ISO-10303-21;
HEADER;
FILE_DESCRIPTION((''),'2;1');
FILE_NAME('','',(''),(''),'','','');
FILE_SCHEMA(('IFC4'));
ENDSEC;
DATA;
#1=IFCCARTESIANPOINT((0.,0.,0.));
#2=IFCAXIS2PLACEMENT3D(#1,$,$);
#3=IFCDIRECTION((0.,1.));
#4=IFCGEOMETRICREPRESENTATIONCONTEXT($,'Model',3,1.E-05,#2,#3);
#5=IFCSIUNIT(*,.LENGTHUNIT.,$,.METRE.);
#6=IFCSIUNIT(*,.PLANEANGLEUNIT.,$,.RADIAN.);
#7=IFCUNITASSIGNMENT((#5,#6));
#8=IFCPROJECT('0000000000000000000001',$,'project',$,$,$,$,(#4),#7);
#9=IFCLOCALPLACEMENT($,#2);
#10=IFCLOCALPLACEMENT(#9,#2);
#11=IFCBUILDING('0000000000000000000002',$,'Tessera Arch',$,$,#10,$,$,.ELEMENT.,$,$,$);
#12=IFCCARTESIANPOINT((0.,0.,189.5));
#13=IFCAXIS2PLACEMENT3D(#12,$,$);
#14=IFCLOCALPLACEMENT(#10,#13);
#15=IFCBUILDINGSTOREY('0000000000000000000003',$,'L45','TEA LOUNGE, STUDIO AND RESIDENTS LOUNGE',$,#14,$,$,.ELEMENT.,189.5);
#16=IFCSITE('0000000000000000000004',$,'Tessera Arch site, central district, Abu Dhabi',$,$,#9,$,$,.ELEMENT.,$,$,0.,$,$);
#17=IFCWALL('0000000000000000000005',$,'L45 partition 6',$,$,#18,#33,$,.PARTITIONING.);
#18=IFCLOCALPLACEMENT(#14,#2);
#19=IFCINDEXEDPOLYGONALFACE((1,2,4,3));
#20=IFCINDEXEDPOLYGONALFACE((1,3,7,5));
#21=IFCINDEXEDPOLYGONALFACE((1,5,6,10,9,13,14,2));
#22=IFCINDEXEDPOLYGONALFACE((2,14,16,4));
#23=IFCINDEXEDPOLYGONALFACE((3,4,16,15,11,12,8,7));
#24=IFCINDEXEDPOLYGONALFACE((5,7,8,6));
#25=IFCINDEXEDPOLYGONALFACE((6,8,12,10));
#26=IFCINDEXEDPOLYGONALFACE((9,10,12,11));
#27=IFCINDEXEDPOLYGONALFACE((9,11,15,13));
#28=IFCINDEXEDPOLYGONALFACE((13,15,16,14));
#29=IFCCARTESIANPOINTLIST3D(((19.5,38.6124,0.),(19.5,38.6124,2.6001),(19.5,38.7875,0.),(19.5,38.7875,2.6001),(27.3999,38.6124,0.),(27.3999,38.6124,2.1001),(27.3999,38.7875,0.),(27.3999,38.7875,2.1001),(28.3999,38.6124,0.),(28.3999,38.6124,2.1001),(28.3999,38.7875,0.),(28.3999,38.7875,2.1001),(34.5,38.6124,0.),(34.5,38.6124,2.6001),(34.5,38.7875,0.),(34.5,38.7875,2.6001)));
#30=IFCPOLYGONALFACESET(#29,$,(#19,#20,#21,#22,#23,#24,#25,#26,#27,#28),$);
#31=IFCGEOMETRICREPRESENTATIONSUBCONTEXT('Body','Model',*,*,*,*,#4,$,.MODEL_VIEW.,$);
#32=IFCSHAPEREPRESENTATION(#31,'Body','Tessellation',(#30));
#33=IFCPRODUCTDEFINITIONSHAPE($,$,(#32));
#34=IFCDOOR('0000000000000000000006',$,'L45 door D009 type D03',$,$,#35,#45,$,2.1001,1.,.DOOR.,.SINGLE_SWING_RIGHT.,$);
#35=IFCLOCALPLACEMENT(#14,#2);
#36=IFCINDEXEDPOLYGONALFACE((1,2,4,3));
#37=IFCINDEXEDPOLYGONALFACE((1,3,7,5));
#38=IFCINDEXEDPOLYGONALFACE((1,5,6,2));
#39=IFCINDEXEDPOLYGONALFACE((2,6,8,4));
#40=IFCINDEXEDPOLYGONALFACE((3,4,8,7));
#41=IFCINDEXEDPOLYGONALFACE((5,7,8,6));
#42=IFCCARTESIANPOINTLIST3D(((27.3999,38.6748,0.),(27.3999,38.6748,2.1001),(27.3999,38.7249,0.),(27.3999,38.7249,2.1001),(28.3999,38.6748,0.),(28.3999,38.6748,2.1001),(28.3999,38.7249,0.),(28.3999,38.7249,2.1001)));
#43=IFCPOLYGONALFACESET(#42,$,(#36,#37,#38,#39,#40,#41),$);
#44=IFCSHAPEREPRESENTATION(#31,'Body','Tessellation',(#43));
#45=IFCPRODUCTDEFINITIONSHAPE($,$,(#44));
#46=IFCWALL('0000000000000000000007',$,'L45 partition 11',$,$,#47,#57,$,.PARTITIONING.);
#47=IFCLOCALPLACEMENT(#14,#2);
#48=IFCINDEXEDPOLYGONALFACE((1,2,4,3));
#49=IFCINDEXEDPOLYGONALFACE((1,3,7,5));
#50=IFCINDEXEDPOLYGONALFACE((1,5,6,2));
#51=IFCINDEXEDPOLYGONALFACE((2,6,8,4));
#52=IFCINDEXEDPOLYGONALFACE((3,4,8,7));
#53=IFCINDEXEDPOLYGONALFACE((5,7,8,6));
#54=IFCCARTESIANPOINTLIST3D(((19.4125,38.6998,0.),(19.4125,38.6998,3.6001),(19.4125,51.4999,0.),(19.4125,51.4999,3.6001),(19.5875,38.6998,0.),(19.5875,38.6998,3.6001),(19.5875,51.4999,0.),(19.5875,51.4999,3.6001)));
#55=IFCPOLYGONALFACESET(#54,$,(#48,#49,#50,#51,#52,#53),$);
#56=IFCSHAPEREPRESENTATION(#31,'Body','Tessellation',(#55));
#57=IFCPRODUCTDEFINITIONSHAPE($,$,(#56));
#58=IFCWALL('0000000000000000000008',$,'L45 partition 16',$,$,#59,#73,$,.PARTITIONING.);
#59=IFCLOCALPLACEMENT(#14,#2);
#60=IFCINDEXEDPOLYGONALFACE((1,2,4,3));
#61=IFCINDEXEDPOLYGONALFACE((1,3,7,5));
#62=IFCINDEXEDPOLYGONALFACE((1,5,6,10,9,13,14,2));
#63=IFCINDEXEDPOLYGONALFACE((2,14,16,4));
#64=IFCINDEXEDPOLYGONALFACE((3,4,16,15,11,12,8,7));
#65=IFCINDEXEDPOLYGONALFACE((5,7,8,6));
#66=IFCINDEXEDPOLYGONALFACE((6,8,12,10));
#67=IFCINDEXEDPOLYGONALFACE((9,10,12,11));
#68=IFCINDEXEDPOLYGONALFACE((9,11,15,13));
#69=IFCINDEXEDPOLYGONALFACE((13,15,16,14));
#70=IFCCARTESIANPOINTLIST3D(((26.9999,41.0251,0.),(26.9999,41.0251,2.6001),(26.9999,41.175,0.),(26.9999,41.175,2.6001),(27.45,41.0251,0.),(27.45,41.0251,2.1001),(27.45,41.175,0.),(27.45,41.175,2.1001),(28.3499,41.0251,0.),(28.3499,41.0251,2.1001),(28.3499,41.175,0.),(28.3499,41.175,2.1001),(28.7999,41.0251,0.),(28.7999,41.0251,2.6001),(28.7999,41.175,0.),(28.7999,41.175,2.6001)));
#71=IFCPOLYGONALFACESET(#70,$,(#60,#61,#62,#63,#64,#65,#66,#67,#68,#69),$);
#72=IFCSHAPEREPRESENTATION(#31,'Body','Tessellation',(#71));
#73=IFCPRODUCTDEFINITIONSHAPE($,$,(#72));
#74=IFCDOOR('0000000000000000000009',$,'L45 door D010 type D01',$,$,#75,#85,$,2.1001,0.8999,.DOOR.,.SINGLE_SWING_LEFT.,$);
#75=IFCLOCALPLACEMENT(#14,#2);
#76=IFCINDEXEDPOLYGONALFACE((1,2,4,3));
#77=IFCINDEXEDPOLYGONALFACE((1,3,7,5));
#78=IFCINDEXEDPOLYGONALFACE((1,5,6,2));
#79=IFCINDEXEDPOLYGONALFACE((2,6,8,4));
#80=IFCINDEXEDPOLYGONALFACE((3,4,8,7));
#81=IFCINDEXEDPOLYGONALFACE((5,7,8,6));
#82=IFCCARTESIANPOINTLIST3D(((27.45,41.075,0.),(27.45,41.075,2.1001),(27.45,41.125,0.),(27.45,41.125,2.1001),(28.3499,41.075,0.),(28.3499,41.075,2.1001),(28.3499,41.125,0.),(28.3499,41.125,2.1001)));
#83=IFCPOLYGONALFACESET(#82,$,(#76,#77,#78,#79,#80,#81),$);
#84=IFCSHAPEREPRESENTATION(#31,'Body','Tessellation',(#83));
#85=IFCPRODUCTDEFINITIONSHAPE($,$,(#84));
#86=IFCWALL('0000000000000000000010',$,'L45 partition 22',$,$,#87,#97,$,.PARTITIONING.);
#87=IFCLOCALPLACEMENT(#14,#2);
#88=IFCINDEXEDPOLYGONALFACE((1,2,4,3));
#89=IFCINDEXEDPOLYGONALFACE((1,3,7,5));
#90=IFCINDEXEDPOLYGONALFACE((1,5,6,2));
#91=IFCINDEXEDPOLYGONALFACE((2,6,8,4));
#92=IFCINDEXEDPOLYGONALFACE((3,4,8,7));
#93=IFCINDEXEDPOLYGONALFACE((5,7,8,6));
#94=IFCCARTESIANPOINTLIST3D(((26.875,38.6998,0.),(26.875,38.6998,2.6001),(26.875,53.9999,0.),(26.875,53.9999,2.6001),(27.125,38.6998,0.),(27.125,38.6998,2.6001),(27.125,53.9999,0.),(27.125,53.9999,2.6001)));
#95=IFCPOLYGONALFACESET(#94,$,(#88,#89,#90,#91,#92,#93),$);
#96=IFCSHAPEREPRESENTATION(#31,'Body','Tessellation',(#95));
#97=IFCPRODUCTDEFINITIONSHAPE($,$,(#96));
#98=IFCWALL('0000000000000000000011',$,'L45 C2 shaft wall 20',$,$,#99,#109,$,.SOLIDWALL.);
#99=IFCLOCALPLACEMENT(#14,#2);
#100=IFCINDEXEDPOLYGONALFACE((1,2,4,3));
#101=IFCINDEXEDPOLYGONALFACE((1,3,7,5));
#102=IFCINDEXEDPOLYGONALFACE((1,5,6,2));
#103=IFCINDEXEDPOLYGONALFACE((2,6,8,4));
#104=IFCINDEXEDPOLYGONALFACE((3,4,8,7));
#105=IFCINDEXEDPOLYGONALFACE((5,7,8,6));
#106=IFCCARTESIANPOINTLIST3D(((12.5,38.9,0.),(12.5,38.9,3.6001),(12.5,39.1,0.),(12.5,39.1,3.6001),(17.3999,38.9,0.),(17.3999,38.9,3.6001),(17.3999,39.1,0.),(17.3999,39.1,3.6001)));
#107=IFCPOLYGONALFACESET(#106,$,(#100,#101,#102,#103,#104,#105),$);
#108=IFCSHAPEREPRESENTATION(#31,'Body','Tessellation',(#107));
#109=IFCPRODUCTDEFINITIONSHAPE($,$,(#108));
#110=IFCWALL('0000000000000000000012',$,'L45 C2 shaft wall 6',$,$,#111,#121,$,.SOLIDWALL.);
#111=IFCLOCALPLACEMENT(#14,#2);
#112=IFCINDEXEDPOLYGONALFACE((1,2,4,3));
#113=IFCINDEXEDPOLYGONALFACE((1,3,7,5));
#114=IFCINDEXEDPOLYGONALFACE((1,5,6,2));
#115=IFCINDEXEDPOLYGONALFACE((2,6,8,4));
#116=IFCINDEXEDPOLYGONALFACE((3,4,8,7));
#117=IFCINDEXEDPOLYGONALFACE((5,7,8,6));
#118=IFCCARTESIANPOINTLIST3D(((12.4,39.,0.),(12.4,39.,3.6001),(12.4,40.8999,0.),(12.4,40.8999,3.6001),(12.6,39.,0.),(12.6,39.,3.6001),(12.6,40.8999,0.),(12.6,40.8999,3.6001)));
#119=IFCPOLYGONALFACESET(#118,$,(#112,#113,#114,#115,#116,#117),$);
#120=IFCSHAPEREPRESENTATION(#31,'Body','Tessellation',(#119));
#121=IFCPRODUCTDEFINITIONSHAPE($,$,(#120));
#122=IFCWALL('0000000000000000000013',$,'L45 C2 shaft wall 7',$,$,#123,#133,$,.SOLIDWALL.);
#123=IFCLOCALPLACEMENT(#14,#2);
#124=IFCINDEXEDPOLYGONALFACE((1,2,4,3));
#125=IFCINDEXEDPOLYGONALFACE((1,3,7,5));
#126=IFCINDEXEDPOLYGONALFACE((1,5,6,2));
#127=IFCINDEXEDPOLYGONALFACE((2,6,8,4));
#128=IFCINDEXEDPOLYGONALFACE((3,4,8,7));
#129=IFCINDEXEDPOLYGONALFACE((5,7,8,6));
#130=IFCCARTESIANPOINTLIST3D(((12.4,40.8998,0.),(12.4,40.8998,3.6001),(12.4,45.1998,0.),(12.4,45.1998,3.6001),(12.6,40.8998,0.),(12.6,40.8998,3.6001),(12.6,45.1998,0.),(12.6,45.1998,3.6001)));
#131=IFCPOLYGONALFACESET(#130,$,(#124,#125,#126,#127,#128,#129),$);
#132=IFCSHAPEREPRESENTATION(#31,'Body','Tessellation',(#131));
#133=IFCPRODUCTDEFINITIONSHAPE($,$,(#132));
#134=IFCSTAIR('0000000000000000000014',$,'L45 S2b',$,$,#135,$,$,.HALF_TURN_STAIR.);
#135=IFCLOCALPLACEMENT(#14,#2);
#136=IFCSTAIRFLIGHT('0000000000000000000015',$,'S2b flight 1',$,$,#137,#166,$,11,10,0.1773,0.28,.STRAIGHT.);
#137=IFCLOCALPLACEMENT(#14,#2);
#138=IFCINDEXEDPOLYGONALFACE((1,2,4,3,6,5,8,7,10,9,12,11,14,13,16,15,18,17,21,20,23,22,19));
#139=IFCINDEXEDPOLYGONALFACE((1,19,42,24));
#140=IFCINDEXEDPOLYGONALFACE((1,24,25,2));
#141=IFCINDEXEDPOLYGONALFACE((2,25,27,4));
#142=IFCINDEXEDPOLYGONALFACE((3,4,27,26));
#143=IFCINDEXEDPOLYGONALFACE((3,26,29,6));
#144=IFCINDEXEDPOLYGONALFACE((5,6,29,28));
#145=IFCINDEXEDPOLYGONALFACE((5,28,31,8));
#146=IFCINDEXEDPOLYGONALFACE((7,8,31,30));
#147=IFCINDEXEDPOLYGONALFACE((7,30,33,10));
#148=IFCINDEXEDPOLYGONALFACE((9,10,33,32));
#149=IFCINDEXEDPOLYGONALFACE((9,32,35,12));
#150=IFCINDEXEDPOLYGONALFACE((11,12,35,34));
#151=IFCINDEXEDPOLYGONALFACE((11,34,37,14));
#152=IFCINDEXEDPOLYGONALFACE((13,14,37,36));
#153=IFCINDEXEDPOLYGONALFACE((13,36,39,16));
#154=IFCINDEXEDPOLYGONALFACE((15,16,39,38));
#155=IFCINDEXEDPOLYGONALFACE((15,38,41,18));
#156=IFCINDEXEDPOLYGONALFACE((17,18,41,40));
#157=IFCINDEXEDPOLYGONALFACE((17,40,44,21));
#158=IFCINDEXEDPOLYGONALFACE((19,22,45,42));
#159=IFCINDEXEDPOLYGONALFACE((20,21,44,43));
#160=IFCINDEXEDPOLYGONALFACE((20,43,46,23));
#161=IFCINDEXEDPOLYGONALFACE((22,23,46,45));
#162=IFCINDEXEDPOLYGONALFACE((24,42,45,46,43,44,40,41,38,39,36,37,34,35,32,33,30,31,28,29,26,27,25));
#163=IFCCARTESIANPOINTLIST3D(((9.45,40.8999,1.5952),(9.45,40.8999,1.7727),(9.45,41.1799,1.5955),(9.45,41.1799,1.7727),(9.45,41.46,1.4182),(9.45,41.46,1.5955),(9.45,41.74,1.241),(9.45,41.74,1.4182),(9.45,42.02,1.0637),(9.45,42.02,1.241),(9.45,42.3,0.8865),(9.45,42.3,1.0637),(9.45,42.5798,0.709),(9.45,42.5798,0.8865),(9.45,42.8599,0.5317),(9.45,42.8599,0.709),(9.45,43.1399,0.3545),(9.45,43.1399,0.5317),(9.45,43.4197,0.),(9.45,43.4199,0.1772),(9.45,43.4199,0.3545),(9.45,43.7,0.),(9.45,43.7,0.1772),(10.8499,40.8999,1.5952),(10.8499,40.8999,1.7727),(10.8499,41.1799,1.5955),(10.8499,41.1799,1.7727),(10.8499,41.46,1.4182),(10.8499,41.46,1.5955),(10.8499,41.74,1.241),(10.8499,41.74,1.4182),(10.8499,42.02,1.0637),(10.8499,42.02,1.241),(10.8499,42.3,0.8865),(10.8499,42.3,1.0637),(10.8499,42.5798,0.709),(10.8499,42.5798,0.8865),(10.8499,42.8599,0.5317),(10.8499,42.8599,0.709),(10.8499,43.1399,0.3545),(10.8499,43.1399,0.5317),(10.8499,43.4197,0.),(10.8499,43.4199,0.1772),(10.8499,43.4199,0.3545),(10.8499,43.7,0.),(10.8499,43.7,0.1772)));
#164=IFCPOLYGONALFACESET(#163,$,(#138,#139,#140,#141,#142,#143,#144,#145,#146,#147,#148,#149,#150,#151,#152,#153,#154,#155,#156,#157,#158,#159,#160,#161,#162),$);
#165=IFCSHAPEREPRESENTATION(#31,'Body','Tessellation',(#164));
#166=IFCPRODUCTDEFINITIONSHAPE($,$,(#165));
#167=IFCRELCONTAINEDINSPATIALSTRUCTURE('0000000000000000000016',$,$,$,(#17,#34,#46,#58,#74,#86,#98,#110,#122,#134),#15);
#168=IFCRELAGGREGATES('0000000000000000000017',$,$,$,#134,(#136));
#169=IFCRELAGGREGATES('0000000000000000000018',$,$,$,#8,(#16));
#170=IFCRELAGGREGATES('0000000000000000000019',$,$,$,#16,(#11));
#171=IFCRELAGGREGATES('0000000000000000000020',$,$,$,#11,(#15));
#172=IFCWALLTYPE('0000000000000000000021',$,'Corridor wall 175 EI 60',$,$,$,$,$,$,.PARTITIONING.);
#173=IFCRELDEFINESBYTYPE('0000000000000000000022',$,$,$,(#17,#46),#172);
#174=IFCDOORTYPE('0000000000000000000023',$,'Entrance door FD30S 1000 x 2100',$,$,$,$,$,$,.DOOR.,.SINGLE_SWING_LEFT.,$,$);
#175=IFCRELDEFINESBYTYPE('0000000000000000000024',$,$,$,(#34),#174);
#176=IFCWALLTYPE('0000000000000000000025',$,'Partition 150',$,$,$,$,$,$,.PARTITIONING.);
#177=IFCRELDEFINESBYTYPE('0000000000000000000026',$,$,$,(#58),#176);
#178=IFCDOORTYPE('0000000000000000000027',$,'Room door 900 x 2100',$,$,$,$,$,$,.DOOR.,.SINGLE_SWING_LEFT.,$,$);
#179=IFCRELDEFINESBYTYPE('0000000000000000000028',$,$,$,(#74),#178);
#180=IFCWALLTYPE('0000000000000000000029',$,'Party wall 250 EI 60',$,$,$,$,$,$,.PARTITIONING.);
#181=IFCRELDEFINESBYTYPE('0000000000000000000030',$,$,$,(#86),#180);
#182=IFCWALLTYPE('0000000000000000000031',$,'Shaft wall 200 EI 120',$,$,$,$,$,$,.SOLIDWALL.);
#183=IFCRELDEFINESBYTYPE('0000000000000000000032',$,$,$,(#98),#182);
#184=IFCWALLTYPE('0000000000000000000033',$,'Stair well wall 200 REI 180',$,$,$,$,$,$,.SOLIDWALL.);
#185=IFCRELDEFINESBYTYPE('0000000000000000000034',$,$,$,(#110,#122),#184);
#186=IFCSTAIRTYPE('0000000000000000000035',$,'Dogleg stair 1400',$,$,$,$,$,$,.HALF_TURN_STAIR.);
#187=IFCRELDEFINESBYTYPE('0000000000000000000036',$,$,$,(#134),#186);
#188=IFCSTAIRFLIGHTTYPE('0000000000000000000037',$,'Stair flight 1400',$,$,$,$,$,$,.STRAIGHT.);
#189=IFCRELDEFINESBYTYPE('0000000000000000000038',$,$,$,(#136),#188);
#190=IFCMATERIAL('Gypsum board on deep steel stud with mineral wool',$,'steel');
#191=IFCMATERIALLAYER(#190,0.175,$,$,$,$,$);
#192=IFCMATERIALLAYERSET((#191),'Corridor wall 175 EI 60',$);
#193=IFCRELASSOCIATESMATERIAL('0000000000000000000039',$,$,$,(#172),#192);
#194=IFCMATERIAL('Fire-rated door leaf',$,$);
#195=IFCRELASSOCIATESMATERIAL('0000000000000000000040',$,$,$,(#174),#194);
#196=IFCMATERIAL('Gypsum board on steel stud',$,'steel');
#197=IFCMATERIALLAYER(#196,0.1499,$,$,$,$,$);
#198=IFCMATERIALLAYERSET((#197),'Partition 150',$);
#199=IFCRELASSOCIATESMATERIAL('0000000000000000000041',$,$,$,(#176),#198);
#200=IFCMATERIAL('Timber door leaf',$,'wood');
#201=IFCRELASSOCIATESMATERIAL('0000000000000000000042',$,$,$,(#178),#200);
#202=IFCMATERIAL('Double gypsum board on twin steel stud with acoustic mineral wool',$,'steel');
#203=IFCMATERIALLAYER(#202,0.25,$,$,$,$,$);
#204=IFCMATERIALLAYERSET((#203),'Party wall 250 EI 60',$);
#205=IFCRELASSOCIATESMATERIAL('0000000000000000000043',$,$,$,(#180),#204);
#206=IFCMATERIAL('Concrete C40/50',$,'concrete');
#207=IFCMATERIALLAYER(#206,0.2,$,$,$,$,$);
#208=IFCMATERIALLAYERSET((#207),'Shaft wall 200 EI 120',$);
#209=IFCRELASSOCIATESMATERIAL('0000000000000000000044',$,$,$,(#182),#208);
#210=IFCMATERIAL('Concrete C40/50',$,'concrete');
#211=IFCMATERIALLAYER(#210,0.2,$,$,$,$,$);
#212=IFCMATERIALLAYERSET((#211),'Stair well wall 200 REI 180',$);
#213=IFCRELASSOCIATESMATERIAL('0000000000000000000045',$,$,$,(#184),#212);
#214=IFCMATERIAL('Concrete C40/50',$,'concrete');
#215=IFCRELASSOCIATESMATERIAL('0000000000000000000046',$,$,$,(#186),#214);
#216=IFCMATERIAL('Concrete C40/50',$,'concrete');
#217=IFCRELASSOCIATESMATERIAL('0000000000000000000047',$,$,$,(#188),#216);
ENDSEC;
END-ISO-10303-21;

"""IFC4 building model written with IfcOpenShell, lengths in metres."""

from ifc_helpers import new_model, si_unit, direction, frame, frame_2d, origin, place, context, subcontext, project, spatial, polyline, rectangle, outline, extrude, material, layer, layer_set, type_object, element, fill, aggregate, save


model = new_model("IFC4")

# Units and contexts
model_context = context("Model", 3, precision=1e-05, world=origin(), true_north=direction((0.0, 1.0)))
body_context = subcontext(model_context, "Body", "Model", "MODEL_VIEW")
ifc_project = project(units=[si_unit("LENGTHUNIT", "METRE"), si_unit("PLANEANGLEUNIT", "RADIAN")], contexts=[model_context])

# Site, building, storey
site_placement = place(None, origin())
site = spatial("IfcSite", under=ifc_project, at=site_placement, Name="Tessera Arch site, central district, Abu Dhabi", CompositionType="ELEMENT", RefElevation=0.0)
building_placement = place(site_placement, origin())
building = spatial("IfcBuilding", under=site, at=building_placement, Name="Tessera Arch", CompositionType="ELEMENT")
storey_placement = place(building_placement, frame((0.0, 0.0, 189.5)))
storey = spatial("IfcBuildingStorey", under=building, at=storey_placement, Name="L45", Description="TEA LOUNGE, STUDIO AND RESIDENTS LOUNGE", CompositionType="ELEMENT", Elevation=189.5)

# Wall, opening, door
ifc_material_1 = material(Name="Gypsum board on deep steel stud with mineral wool", Category="steel")
ifc_layer_1 = layer(ifc_material_1, 0.175)
ifc_layer_set_1 = layer_set([ifc_layer_1], Name="Corridor wall 175 EI 60")
wall_type_1 = type_object("IfcWallType", Name="Corridor wall 175 EI 60", PredefinedType="PARTITIONING", material=ifc_layer_set_1)
ifc_material_2 = material(Name="Fire-rated door leaf")
door_type_1 = type_object("IfcDoorType", Name="Entrance door FD30S 1000 x 2100", OperationType="SINGLE_SWING_LEFT", PredefinedType="DOOR", material=ifc_material_2)
wall_1_placement = place(storey_placement, frame((19.5, 38.7, 0.0), z_axis=(0.0, 0.0, 1.0), x_axis=(1.0, 0.0, 0.0)))
wall_1 = element("IfcWall", 1, at=wall_1_placement, inside=storey, type_object=wall_type_1, Name="L45 partition 6", PredefinedType="PARTITIONING", context=body_context, shape_type="SweptSolid", body=[
    extrude(rectangle(XDim=15.0, YDim=0.175, at=frame_2d((7.5, 0.0))), origin(), (0.0, 0.0, 1.0), 2.6001),
])
opening_1_placement = place(wall_1_placement, frame((7.8999, 0.0, 0.0)))
opening_1 = element("IfcOpeningElement", 2, at=opening_1_placement, cuts=wall_1, PredefinedType="OPENING", context=body_context, shape_type="SweptSolid", body=[
    extrude(rectangle(XDim=1.0, YDim=2.1001, at=frame_2d((0.5, 1.05))), frame((0.0, 0.0974, 0.0), z_axis=(0.0, -1.0, 0.0), x_axis=(1.0, 0.0, 0.0)), (0.0, 0.0, 1.0), 0.1951),
])
door_1_placement = place(opening_1_placement, origin())
door_1 = element("IfcDoor", 3, at=door_1_placement, inside=storey, type_object=door_type_1, Name="L45 door D009 type D03", OperationType="SINGLE_SWING_RIGHT", OverallHeight=2.1001, OverallWidth=1.0, PredefinedType="DOOR", context=body_context, shape_type="SweptSolid", body=[
    extrude(rectangle(XDim=1.0, YDim=2.1001, at=frame_2d((0.5, 1.05))), frame((0.0, 0.0249, 0.0), z_axis=(0.0, -1.0, 0.0), x_axis=(1.0, 0.0, 0.0)), (0.0, 0.0, 1.0), 0.05),
])
fill(opening_1, door_1)

# Wall
wall_2_placement = place(storey_placement, frame((19.5, 38.7, 0.0), z_axis=(0.0, 0.0, 1.0), x_axis=(0.0, 1.0, 0.0)))
element("IfcWall", 4, at=wall_2_placement, inside=storey, type_object=wall_type_1, Name="L45 partition 11", PredefinedType="PARTITIONING", context=body_context, shape_type="SweptSolid", body=[
    extrude(rectangle(XDim=12.8, YDim=0.175, at=frame_2d((6.3999, 0.0))), origin(), (0.0, 0.0, 1.0), 3.6001),
])

# Wall, opening, door
ifc_material_3 = material(Name="Gypsum board on steel stud", Category="steel")
ifc_layer_2 = layer(ifc_material_3, 0.1499)
ifc_layer_set_2 = layer_set([ifc_layer_2], Name="Partition 150")
wall_type_2 = type_object("IfcWallType", Name="Partition 150", PredefinedType="PARTITIONING", material=ifc_layer_set_2)
wall_3_placement = place(storey_placement, frame((27.0, 41.1001, 0.0), z_axis=(0.0, 0.0, 1.0), x_axis=(1.0, 0.0, 0.0)))
wall_3 = element("IfcWall", 5, at=wall_3_placement, inside=storey, type_object=wall_type_2, Name="L45 partition 16", PredefinedType="PARTITIONING", context=body_context, shape_type="SweptSolid", body=[
    extrude(rectangle(XDim=1.8, YDim=0.1499, at=frame_2d((0.8999, 0.0))), origin(), (0.0, 0.0, 1.0), 2.6001),
])
opening_2_placement = place(wall_3_placement, frame((0.45, 0.0, 0.0)))
opening_2 = element("IfcOpeningElement", 6, at=opening_2_placement, cuts=wall_3, PredefinedType="OPENING", context=body_context, shape_type="SweptSolid", body=[
    extrude(rectangle(XDim=0.8999, YDim=2.1001, at=frame_2d((0.45, 1.05))), frame((0.0, 0.085, 0.0), z_axis=(0.0, -1.0, 0.0), x_axis=(1.0, 0.0, 0.0)), (0.0, 0.0, 1.0), 0.1699),
])
ifc_material_4 = material(Name="Timber door leaf", Category="wood")
door_type_2 = type_object("IfcDoorType", Name="Room door 900 x 2100", OperationType="SINGLE_SWING_LEFT", PredefinedType="DOOR", material=ifc_material_4)
door_2_placement = place(opening_2_placement, origin())
door_2 = element("IfcDoor", 7, at=door_2_placement, inside=storey, type_object=door_type_2, Name="L45 door D010 type D01", OperationType="SINGLE_SWING_LEFT", OverallHeight=2.1001, OverallWidth=0.8999, PredefinedType="DOOR", context=body_context, shape_type="SweptSolid", body=[
    extrude(rectangle(XDim=0.8999, YDim=2.1001, at=frame_2d((0.45, 1.05))), frame((0.0, 0.0249, 0.0), z_axis=(0.0, -1.0, 0.0), x_axis=(1.0, 0.0, 0.0)), (0.0, 0.0, 1.0), 0.05),
])
fill(opening_2, door_2)

# Walls
ifc_material_5 = material(Name="Double gypsum board on twin steel stud with acoustic mineral wool", Category="steel")
ifc_layer_3 = layer(ifc_material_5, 0.25)
ifc_layer_set_3 = layer_set([ifc_layer_3], Name="Party wall 250 EI 60")
wall_type_3 = type_object("IfcWallType", Name="Party wall 250 EI 60", PredefinedType="PARTITIONING", material=ifc_layer_set_3)
wall_4_placement = place(storey_placement, frame((27.0, 38.7, 0.0), z_axis=(0.0, 0.0, 1.0), x_axis=(0.0, 1.0, 0.0)))
element("IfcWall", 8, at=wall_4_placement, inside=storey, type_object=wall_type_3, Name="L45 partition 22", PredefinedType="PARTITIONING", context=body_context, shape_type="SweptSolid", body=[
    extrude(rectangle(XDim=15.3, YDim=0.25, at=frame_2d((7.6499, 0.0))), origin(), (0.0, 0.0, 1.0), 2.6001),
])
ifc_material_6 = material(Name="Concrete C40/50", Category="concrete")
ifc_layer_4 = layer(ifc_material_6, 0.2)
ifc_layer_set_4 = layer_set([ifc_layer_4], Name="Shaft wall 200 EI 120")
wall_type_4 = type_object("IfcWallType", Name="Shaft wall 200 EI 120", PredefinedType="SOLIDWALL", material=ifc_layer_set_4)
wall_5_placement = place(storey_placement, frame((12.5, 39.0, 0.0), z_axis=(0.0, 0.0, 1.0), x_axis=(1.0, 0.0, 0.0)))
element("IfcWall", 9, at=wall_5_placement, inside=storey, type_object=wall_type_4, Name="L45 C2 shaft wall 20", PredefinedType="SOLIDWALL", context=body_context, shape_type="SweptSolid", body=[
    extrude(rectangle(XDim=4.8999, YDim=0.2, at=frame_2d((2.45, 0.0))), origin(), (0.0, 0.0, 1.0), 3.6001),
])
ifc_material_7 = material(Name="Concrete C40/50", Category="concrete")
ifc_layer_5 = layer(ifc_material_7, 0.2)
ifc_layer_set_5 = layer_set([ifc_layer_5], Name="Stair well wall 200 REI 180")
wall_type_5 = type_object("IfcWallType", Name="Stair well wall 200 REI 180", PredefinedType="SOLIDWALL", material=ifc_layer_set_5)
wall_6_placement = place(storey_placement, frame((12.5, 39.0, 0.0), z_axis=(0.0, 0.0, 1.0), x_axis=(0.0, 1.0, 0.0)))
element("IfcWall", 10, at=wall_6_placement, inside=storey, type_object=wall_type_5, Name="L45 C2 shaft wall 6", PredefinedType="SOLIDWALL", context=body_context, shape_type="SweptSolid", body=[
    extrude(rectangle(XDim=1.8999, YDim=0.2, at=frame_2d((0.95, 0.0))), origin(), (0.0, 0.0, 1.0), 3.6001),
])
wall_7_placement = place(storey_placement, frame((12.5, 40.8999, 0.0), z_axis=(0.0, 0.0, 1.0), x_axis=(0.0, 1.0, 0.0)))
element("IfcWall", 11, at=wall_7_placement, inside=storey, type_object=wall_type_5, Name="L45 C2 shaft wall 7", PredefinedType="SOLIDWALL", context=body_context, shape_type="SweptSolid", body=[
    extrude(rectangle(XDim=4.3, YDim=0.2, at=frame_2d((2.1499, 0.0))), origin(), (0.0, 0.0, 1.0), 3.6001),
])

# Stair, stair flight
ifc_material_8 = material(Name="Concrete C40/50", Category="concrete")
stair_type = type_object("IfcStairType", Name="Dogleg stair 1400", PredefinedType="HALF_TURN_STAIR", material=ifc_material_8)
stair_placement = place(storey_placement, origin())
stair = element("IfcStair", 12, at=stair_placement, inside=storey, type_object=stair_type, Name="L45 S2b", PredefinedType="HALF_TURN_STAIR")
ifc_material_9 = material(Name="Concrete C40/50", Category="concrete")
stair_flight_type = type_object("IfcStairFlightType", Name="Stair flight 1400", PredefinedType="STRAIGHT", material=ifc_material_9)
stair_flight_1_placement = place(storey_placement, frame((10.1499, 43.7, 0.0), z_axis=(0.0, 0.0, 1.0), x_axis=(0.0, -1.0, 0.0)))
stair_flight_1 = element("IfcStairFlight", 13, at=stair_flight_1_placement, type_object=stair_flight_type, Name="S2b flight 1", NumberOfRisers=11, NumberOfTreads=10, PredefinedType="STRAIGHT", RiserHeight=0.1773, TreadLength=0.28, context=body_context, shape_type="SweptSolid", body=[
    extrude(outline(polyline([(0.0, 0.0), (0.0, 0.1772), (0.28, 0.1772), (0.28, 0.3545), (0.5601, 0.3545), (0.5601, 0.5317), (0.8401, 0.5317), (0.8401, 0.709), (1.1201, 0.709), (1.1201, 0.8865), (1.3999, 0.8865), (1.3999, 1.0637), (1.6799, 1.0637), (1.6799, 1.241), (1.96, 1.241), (1.96, 1.4182), (2.24, 1.4182), (2.24, 1.5955), (2.52, 1.5955), (2.52, 1.7727), (2.8, 1.7727), (2.8, 1.95), (2.8, 1.5952), (0.2803, 0.0), (0.0, 0.0)])), frame((0.0, 0.7, 0.0), z_axis=(0.0, -1.0, 0.0), x_axis=(1.0, 0.0, 0.0)), (0.0, 0.0, 1.0), 1.3999),
])
aggregate(stair, [stair_flight_1])

save(model, "model.ifc")
